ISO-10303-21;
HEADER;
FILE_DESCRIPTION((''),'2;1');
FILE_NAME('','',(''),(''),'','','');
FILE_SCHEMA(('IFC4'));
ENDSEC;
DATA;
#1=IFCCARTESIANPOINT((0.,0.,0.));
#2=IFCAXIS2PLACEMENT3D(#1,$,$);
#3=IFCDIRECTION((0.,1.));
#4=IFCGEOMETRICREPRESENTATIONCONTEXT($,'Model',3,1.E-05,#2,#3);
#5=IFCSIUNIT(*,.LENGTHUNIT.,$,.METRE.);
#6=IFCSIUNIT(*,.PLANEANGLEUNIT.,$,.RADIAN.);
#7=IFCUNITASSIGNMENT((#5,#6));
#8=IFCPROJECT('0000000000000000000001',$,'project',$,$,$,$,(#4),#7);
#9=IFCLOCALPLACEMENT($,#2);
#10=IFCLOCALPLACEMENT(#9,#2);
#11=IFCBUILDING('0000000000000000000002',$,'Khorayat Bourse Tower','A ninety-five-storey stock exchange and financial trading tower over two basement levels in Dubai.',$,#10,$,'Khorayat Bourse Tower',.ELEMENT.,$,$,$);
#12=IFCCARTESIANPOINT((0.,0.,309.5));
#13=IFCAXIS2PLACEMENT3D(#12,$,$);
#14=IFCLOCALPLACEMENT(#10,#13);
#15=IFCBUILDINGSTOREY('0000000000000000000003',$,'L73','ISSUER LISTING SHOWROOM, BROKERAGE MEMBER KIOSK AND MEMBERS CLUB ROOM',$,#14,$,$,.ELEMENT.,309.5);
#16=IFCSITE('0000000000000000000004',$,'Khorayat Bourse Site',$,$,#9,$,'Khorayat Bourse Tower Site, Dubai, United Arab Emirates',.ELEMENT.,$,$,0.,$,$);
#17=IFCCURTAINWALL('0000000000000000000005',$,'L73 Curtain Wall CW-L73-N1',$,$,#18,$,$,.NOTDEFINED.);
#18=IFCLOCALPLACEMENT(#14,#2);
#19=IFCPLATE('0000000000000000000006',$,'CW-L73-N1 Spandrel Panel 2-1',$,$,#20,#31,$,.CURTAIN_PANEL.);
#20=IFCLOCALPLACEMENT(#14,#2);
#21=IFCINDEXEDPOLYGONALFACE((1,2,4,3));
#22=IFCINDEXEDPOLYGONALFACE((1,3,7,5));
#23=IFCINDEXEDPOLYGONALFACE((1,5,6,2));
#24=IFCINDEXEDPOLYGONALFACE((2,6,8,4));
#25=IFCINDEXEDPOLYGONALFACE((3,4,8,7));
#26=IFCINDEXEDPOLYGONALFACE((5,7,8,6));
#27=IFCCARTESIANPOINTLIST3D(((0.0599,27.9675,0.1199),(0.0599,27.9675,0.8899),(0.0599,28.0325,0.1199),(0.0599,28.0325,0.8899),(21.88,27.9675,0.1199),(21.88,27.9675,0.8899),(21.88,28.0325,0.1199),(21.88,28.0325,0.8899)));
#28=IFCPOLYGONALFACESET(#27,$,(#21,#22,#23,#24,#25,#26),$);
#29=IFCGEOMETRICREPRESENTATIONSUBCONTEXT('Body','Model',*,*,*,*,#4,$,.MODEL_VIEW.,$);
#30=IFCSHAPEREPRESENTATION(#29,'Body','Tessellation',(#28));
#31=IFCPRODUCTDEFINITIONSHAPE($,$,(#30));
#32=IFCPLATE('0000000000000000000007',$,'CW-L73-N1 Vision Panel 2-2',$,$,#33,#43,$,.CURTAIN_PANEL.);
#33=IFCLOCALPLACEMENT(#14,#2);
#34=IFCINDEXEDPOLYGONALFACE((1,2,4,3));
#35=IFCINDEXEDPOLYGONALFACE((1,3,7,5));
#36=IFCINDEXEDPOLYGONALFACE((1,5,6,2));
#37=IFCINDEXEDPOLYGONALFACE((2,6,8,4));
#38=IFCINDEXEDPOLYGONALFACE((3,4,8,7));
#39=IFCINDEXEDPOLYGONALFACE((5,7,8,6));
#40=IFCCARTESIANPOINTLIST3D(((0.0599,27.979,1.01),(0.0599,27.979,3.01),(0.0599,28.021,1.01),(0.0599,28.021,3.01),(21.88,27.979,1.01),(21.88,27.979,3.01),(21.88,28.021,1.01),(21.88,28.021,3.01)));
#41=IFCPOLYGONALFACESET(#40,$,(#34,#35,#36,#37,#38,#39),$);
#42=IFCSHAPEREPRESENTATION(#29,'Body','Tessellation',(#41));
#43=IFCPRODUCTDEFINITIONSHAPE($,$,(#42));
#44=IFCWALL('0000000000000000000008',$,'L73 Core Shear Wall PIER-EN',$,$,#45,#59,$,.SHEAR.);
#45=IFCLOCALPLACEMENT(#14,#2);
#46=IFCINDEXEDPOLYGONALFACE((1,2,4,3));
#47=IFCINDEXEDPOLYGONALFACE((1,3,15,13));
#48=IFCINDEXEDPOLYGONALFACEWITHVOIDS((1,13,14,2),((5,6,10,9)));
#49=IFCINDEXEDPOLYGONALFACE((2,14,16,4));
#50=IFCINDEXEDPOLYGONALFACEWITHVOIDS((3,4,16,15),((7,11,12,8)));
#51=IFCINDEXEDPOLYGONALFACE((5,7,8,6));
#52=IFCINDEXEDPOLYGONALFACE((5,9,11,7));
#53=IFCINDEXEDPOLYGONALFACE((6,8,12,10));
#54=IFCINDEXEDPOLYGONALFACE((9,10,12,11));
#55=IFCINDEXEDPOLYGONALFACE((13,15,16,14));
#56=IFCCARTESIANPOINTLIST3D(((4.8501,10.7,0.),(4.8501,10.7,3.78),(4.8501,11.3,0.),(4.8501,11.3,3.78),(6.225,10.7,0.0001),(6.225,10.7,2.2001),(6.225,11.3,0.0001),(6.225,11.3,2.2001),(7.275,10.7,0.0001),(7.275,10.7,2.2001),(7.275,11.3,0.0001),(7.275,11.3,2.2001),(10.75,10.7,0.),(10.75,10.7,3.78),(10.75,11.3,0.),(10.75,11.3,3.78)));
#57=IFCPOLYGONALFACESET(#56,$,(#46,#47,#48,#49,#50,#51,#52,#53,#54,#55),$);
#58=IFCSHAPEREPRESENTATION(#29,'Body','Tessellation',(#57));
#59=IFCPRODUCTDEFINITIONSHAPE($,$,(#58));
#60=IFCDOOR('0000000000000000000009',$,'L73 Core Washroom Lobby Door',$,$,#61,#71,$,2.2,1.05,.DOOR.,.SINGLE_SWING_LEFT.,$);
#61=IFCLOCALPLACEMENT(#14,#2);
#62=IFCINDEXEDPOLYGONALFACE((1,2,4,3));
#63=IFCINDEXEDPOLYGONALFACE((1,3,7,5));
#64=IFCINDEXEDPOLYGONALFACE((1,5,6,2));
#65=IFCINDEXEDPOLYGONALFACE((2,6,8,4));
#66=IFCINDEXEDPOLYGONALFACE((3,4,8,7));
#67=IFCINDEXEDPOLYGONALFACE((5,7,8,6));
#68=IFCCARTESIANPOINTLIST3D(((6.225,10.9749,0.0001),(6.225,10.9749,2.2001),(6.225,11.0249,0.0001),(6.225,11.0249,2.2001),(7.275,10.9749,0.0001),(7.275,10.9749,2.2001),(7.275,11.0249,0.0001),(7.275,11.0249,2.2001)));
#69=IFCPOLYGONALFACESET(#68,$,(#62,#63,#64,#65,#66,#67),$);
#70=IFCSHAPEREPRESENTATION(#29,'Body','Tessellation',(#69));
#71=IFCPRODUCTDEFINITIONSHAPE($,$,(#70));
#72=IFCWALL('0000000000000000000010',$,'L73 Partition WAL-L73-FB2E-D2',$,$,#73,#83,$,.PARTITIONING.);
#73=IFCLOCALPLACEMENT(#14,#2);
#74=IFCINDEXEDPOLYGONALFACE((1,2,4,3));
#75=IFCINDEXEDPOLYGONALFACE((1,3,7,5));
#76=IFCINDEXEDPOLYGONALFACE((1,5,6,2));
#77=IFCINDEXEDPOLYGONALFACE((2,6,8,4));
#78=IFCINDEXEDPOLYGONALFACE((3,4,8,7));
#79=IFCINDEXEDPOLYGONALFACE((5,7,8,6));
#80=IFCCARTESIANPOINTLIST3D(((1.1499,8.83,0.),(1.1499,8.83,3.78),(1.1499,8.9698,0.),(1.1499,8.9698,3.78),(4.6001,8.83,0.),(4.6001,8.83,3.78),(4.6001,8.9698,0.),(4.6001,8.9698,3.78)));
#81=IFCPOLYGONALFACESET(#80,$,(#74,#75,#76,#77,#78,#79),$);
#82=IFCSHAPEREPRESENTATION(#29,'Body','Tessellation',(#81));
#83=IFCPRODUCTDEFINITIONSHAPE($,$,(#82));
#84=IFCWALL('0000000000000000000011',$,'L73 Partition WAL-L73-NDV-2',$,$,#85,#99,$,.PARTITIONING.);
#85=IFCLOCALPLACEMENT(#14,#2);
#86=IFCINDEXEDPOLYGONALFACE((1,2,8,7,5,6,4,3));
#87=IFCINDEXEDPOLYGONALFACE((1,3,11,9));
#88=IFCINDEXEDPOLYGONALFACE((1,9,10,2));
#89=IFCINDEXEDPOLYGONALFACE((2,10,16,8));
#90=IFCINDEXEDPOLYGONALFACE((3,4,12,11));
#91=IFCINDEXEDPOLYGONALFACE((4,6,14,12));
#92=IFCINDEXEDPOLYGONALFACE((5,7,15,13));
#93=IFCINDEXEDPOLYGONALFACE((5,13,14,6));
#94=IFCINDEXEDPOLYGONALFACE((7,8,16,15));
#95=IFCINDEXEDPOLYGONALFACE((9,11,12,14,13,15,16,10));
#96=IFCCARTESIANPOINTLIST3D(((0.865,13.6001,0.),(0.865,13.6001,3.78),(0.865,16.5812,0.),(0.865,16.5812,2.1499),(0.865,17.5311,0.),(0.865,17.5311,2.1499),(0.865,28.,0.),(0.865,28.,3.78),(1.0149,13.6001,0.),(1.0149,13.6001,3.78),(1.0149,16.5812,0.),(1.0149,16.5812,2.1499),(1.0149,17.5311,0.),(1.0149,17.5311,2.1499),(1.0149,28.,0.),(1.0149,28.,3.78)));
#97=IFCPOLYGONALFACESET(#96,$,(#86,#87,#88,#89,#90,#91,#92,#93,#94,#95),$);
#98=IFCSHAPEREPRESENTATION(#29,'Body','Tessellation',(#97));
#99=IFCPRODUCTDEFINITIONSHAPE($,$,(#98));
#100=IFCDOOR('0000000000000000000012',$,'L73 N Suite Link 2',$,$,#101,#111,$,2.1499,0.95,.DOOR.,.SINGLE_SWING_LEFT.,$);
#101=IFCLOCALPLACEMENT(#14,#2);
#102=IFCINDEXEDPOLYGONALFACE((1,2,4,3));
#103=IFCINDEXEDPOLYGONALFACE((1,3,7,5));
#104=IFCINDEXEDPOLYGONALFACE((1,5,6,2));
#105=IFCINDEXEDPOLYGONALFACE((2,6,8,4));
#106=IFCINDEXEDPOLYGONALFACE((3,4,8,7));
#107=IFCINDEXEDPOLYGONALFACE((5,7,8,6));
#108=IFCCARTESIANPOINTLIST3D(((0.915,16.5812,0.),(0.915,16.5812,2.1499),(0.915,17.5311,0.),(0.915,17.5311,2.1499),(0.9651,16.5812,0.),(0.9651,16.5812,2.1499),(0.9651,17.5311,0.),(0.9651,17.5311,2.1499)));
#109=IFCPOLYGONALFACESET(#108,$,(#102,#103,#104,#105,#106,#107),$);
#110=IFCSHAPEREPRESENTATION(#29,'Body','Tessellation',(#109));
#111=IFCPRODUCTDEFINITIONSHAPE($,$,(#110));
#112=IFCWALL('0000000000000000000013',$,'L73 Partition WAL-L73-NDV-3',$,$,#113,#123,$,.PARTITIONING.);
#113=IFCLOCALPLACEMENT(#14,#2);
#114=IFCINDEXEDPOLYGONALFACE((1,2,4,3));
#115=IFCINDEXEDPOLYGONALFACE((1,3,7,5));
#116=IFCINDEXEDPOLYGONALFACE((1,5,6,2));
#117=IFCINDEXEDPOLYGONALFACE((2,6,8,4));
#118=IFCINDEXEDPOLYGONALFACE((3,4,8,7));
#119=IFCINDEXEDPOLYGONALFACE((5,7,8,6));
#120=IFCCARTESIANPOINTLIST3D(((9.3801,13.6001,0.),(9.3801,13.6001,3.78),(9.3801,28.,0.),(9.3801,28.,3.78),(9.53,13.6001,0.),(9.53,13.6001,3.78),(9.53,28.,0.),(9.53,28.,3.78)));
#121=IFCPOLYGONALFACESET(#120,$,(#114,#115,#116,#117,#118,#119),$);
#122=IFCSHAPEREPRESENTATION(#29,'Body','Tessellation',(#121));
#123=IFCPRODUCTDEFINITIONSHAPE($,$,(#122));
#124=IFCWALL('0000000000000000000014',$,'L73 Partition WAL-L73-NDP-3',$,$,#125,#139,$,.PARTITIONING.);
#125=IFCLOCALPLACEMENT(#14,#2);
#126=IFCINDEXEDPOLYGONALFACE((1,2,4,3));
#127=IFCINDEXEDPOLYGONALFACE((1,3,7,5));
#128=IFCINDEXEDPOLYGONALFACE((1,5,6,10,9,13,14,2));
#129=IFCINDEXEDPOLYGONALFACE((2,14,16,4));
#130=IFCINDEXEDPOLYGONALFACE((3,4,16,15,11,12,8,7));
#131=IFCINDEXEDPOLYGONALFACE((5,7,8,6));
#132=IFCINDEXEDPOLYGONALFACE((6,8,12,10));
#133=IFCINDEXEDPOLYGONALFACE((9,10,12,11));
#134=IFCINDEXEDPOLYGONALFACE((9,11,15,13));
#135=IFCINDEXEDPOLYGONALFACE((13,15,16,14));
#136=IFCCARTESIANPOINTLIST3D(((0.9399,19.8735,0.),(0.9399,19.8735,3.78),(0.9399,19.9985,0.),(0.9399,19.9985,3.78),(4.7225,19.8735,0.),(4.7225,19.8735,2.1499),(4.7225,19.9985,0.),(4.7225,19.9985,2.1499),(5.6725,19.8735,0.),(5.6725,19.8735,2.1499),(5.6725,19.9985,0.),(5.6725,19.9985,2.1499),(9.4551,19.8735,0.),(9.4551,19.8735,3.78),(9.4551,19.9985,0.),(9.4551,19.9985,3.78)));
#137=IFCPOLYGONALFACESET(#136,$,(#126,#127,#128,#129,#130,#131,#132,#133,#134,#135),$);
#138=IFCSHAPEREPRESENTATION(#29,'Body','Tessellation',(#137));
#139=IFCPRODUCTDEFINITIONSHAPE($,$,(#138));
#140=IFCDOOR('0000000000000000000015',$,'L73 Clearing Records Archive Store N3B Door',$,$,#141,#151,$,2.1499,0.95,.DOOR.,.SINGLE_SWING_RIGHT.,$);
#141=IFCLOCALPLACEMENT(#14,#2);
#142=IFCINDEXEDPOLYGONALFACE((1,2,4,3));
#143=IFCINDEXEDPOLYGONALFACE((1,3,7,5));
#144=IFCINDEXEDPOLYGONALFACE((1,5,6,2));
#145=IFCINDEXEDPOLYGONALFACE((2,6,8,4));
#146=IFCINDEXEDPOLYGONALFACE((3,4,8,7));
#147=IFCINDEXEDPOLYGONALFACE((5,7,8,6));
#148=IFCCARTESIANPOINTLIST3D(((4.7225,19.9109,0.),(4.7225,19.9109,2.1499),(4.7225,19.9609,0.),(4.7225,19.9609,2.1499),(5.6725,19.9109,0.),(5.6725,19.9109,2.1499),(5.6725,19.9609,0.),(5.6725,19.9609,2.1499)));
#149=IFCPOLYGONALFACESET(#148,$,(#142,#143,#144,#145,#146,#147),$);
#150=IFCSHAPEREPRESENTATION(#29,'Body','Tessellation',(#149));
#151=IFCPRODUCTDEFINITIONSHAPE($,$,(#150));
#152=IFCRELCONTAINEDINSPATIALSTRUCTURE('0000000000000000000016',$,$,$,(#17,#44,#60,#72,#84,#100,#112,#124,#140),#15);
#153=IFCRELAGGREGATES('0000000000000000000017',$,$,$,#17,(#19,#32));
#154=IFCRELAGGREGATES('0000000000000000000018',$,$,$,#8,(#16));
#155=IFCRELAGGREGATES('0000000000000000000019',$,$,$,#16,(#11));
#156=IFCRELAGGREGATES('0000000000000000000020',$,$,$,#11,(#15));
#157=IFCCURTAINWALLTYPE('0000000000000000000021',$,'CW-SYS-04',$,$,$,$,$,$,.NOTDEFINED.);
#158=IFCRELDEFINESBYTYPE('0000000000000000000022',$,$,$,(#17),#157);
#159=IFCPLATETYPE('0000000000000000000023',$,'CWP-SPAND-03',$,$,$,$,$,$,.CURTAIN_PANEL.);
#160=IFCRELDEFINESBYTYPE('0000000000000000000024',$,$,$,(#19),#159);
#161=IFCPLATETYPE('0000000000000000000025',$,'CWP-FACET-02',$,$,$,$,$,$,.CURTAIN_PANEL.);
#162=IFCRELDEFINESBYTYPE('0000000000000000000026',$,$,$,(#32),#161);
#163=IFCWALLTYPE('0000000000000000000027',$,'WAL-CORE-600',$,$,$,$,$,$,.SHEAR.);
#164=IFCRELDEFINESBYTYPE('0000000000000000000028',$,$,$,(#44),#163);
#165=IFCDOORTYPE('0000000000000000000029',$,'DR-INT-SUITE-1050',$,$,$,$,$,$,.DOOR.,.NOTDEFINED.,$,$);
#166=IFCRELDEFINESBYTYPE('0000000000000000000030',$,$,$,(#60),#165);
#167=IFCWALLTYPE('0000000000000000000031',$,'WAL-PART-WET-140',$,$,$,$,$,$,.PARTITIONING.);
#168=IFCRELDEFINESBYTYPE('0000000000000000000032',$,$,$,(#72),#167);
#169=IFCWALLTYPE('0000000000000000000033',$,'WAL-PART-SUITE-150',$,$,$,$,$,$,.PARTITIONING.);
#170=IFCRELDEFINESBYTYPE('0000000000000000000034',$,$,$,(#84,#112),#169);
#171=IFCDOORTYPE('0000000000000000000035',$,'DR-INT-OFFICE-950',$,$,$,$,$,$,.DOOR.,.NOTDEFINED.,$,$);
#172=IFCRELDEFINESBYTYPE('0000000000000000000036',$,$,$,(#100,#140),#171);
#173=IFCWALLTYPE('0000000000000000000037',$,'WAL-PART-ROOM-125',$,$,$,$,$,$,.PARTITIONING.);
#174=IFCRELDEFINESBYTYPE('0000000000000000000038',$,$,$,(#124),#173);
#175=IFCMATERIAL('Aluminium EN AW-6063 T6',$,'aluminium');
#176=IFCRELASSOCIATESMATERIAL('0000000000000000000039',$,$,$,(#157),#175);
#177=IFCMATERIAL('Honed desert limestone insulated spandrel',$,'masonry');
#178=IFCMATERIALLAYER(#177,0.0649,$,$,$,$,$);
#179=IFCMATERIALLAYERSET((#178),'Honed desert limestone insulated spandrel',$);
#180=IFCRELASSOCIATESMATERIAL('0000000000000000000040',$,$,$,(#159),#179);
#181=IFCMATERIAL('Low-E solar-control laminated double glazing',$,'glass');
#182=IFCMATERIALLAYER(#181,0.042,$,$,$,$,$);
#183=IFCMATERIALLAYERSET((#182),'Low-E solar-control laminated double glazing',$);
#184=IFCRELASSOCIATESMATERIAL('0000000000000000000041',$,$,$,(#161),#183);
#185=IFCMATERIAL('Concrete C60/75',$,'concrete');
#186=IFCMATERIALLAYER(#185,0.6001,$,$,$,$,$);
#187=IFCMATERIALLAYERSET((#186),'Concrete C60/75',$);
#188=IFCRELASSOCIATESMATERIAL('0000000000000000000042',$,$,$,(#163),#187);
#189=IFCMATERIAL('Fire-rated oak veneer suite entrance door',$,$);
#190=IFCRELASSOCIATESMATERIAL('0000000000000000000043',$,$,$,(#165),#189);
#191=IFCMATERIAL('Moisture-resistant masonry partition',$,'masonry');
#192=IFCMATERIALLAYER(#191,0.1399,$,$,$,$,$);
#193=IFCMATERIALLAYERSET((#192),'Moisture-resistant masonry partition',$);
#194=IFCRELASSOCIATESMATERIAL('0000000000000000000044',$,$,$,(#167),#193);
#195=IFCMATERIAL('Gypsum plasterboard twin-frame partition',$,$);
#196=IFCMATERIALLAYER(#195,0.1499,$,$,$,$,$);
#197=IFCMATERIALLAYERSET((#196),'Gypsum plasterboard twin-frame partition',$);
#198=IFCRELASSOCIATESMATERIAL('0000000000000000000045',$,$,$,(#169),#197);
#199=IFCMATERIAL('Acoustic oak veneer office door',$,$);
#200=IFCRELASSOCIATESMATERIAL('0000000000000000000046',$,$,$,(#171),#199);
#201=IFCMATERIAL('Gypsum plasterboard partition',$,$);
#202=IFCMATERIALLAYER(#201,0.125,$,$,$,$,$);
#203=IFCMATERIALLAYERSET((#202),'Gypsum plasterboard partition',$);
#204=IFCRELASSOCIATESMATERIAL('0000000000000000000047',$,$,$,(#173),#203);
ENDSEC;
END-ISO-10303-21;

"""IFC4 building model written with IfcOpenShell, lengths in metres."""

from ifc_helpers import new_model, si_unit, direction, frame, frame_2d, origin, origin_2d, place, context, subcontext, project, spatial, rectangle, extrude, source, transform, mapped, material, layer, layer_set, type_object, element, fill, aggregate, save


model = new_model("IFC4")

# Units and contexts
model_context = context("Model", 3, precision=1e-05, world=origin(), true_north=direction((0.0, 1.0)))
body_context = subcontext(model_context, "Body", "Model", "MODEL_VIEW")
ifc_project = project(units=[si_unit("LENGTHUNIT", "METRE"), si_unit("PLANEANGLEUNIT", "RADIAN")], contexts=[model_context])

# Site, building, storey
site_placement = place(None, origin())
site = spatial("IfcSite", under=ifc_project, at=site_placement, Name="Khorayat Bourse Site", LongName="Khorayat Bourse Tower Site, Dubai, United Arab Emirates", CompositionType="ELEMENT", RefElevation=0.0)
building_placement = place(site_placement, origin())
building = spatial("IfcBuilding", under=site, at=building_placement, Name="Khorayat Bourse Tower", Description="A ninety-five-storey stock exchange and financial trading tower over two basement levels in Dubai.", LongName="Khorayat Bourse Tower", CompositionType="ELEMENT")
storey_placement = place(building_placement, frame((0.0, 0.0, 309.5)))
storey = spatial("IfcBuildingStorey", under=building, at=storey_placement, Name="L73", Description="ISSUER LISTING SHOWROOM, BROKERAGE MEMBER KIOSK AND MEMBERS CLUB ROOM", CompositionType="ELEMENT", Elevation=309.5)

# Shared definitions
ifc_material_1 = material(Name="Concrete C60/75", Category="concrete")

# Curtain wall
ifc_material_2 = material(Name="Aluminium EN AW-6063 T6", Category="aluminium")
curtain_wall_type = type_object("IfcCurtainWallType", Name="CW-SYS-04", PredefinedType="NOTDEFINED", material=ifc_material_2)
curtain_wall_placement = place(storey_placement, origin())
curtain_wall = element("IfcCurtainWall", 1, at=curtain_wall_placement, inside=storey, type_object=curtain_wall_type, Name="L73 Curtain Wall CW-L73-N1", PredefinedType="NOTDEFINED")

# Plates
ifc_material_3 = material(Name="Honed desert limestone insulated spandrel", Category="masonry")
ifc_layer_1 = layer(ifc_material_3, 0.0649)
ifc_layer_set_1 = layer_set([ifc_layer_1], Name="Honed desert limestone insulated spandrel")
plate_type_1 = type_object("IfcPlateType", Name="CWP-SPAND-03", PredefinedType="CURTAIN_PANEL", material=ifc_layer_set_1)
shared_shape_1 = source(origin(), body_context, "Body", "SweptSolid", [
    extrude(rectangle(XDim=21.8201, YDim=0.0649, at=origin_2d()), origin(), (0.0, 0.0, 1.0), 0.77),
])
plate_1_placement = place(storey_placement, frame((10.97, 28.0, 0.1199), z_axis=(0.0, 0.0, 1.0), x_axis=(1.0, 0.0, 0.0)))
plate_1 = element("IfcPlate", 2, at=plate_1_placement, type_object=plate_type_1, Name="CW-L73-N1 Spandrel Panel 2-1", PredefinedType="CURTAIN_PANEL", context=body_context, shape_type="MappedRepresentation", body=[
    mapped(shared_shape_1, transform((0.0, 0.0, 0.0), scale=1.0)),
])
ifc_material_4 = material(Name="Low-E solar-control laminated double glazing", Category="glass")
ifc_layer_2 = layer(ifc_material_4, 0.042)
ifc_layer_set_2 = layer_set([ifc_layer_2], Name="Low-E solar-control laminated double glazing")
plate_type_2 = type_object("IfcPlateType", Name="CWP-FACET-02", PredefinedType="CURTAIN_PANEL", material=ifc_layer_set_2)
shared_shape_2 = source(origin(), body_context, "Body", "SweptSolid", [
    extrude(rectangle(XDim=21.8201, YDim=0.042, at=origin_2d()), origin(), (0.0, 0.0, 1.0), 2.0),
])
plate_2_placement = place(storey_placement, frame((10.97, 28.0, 1.01), z_axis=(0.0, 0.0, 1.0), x_axis=(1.0, 0.0, 0.0)))
plate_2 = element("IfcPlate", 3, at=plate_2_placement, type_object=plate_type_2, Name="CW-L73-N1 Vision Panel 2-2", PredefinedType="CURTAIN_PANEL", context=body_context, shape_type="MappedRepresentation", body=[
    mapped(shared_shape_2, transform((0.0, 0.0, 0.0), scale=1.0)),
])
aggregate(curtain_wall, [plate_1, plate_2])

# Wall, opening, door
ifc_layer_3 = layer(ifc_material_1, 0.6001)
ifc_layer_set_3 = layer_set([ifc_layer_3], Name="Concrete C60/75")
wall_type_1 = type_object("IfcWallType", Name="WAL-CORE-600", PredefinedType="SHEAR", material=ifc_layer_set_3)
shared_shape_3 = source(origin(), body_context, "Body", "SweptSolid", [
    extrude(rectangle(XDim=5.8999, YDim=0.6001, at=frame_2d((2.95, 0.0))), origin(), (0.0, 0.0, 1.0), 3.78),
])
wall_1_placement = place(storey_placement, frame((4.8501, 11.0, 0.0), z_axis=(0.0, 0.0, 1.0), x_axis=(1.0, 0.0, 0.0)))
wall_1 = element("IfcWall", 4, at=wall_1_placement, inside=storey, type_object=wall_type_1, Name="L73 Core Shear Wall PIER-EN", PredefinedType="SHEAR", context=body_context, shape_type="MappedRepresentation", body=[
    mapped(shared_shape_3, transform((0.0, 0.0, 0.0), scale=1.0)),
])
shared_shape_4 = source(origin(), body_context, "Body", "SweptSolid", [
    extrude(rectangle(XDim=1.05, YDim=2.2, at=frame_2d((0.5249, 1.1001))), frame((0.0, 0.3101, 0.0), z_axis=(0.0, -1.0, 0.0), x_axis=(1.0, 0.0, 0.0)), (0.0, 0.0, 1.0), 0.6201),
])
opening_1_placement = place(wall_1_placement, frame((1.375, 0.0, 0.0)))
opening_1 = element("IfcOpeningElement", 5, at=opening_1_placement, cuts=wall_1, PredefinedType="OPENING", context=body_context, shape_type="MappedRepresentation", body=[
    mapped(shared_shape_4, transform((0.0, 0.0, 0.0), scale=1.0)),
])
ifc_material_5 = material(Name="Fire-rated oak veneer suite entrance door")
door_type_1 = type_object("IfcDoorType", Name="DR-INT-SUITE-1050", OperationType="NOTDEFINED", PredefinedType="DOOR", material=ifc_material_5)
shared_shape_5 = source(origin(), body_context, "Body", "SweptSolid", [
    extrude(rectangle(XDim=1.05, YDim=2.2, at=frame_2d((0.5249, 1.1001))), frame((0.0, 0.0249, 0.0), z_axis=(0.0, -1.0, 0.0), x_axis=(1.0, 0.0, 0.0)), (0.0, 0.0, 1.0), 0.05),
])
door_1_placement = place(opening_1_placement, origin())
door_1 = element("IfcDoor", 6, at=door_1_placement, inside=storey, type_object=door_type_1, Name="L73 Core Washroom Lobby Door", OperationType="SINGLE_SWING_LEFT", OverallHeight=2.2, OverallWidth=1.05, PredefinedType="DOOR", context=body_context, shape_type="MappedRepresentation", body=[
    mapped(shared_shape_5, transform((0.0, 0.0, 0.0), scale=1.0)),
])
fill(opening_1, door_1)
ifc_material_6 = material(Name="Moisture-resistant masonry partition", Category="masonry")
ifc_layer_4 = layer(ifc_material_6, 0.1399)
ifc_layer_set_4 = layer_set([ifc_layer_4], Name="Moisture-resistant masonry partition")
wall_type_2 = type_object("IfcWallType", Name="WAL-PART-WET-140", PredefinedType="PARTITIONING", material=ifc_layer_set_4)

# Wall
shared_shape_6 = source(origin(), body_context, "Body", "SweptSolid", [
    extrude(rectangle(XDim=3.4502, YDim=0.1399, at=frame_2d((1.7251, 0.0))), origin(), (0.0, 0.0, 1.0), 3.78),
])
wall_2_placement = place(storey_placement, frame((1.1499, 8.8999, 0.0), z_axis=(0.0, 0.0, 1.0), x_axis=(1.0, 0.0, 0.0)))
element("IfcWall", 7, at=wall_2_placement, inside=storey, type_object=wall_type_2, Name="L73 Partition WAL-L73-FB2E-D2", PredefinedType="PARTITIONING", context=body_context, shape_type="MappedRepresentation", body=[
    mapped(shared_shape_6, transform((0.0, 0.0, 0.0), scale=1.0)),
])

# Wall, opening, door
ifc_material_7 = material(Name="Gypsum plasterboard twin-frame partition")
ifc_layer_5 = layer(ifc_material_7, 0.1499)
ifc_layer_set_5 = layer_set([ifc_layer_5], Name="Gypsum plasterboard twin-frame partition")
wall_type_3 = type_object("IfcWallType", Name="WAL-PART-SUITE-150", PredefinedType="PARTITIONING", material=ifc_layer_set_5)
shared_shape_7 = source(origin(), body_context, "Body", "SweptSolid", [
    extrude(rectangle(XDim=14.3999, YDim=0.1499, at=frame_2d((7.2, 0.0))), origin(), (0.0, 0.0, 1.0), 3.78),
])
wall_3_placement = place(storey_placement, frame((0.9399, 13.6001, 0.0), z_axis=(0.0, 0.0, 1.0), x_axis=(0.0, 1.0, 0.0)))
wall_3 = element("IfcWall", 8, at=wall_3_placement, inside=storey, type_object=wall_type_3, Name="L73 Partition WAL-L73-NDV-2", PredefinedType="PARTITIONING", context=body_context, shape_type="MappedRepresentation", body=[
    mapped(shared_shape_7, transform((0.0, 0.0, 0.0), scale=1.0)),
])
shared_shape_8 = source(origin(), body_context, "Body", "SweptSolid", [
    extrude(rectangle(XDim=0.95, YDim=2.1499, at=frame_2d((0.4751, 1.075))), frame((0.0, 0.085, 0.0), z_axis=(0.0, -1.0, 0.0), x_axis=(1.0, 0.0, 0.0)), (0.0, 0.0, 1.0), 0.1699),
])
opening_2_placement = place(wall_3_placement, frame((2.981, 0.0, 0.0)))
opening_2 = element("IfcOpeningElement", 9, at=opening_2_placement, cuts=wall_3, PredefinedType="OPENING", context=body_context, shape_type="MappedRepresentation", body=[
    mapped(shared_shape_8, transform((0.0, 0.0, 0.0), scale=1.0)),
])
ifc_material_8 = material(Name="Acoustic oak veneer office door")
door_type_2 = type_object("IfcDoorType", Name="DR-INT-OFFICE-950", OperationType="NOTDEFINED", PredefinedType="DOOR", material=ifc_material_8)
shared_shape_9 = source(origin(), body_context, "Body", "SweptSolid", [
    extrude(rectangle(XDim=0.95, YDim=2.1499, at=frame_2d((0.4751, 1.075))), frame((0.0, 0.0249, 0.0), z_axis=(0.0, -1.0, 0.0), x_axis=(1.0, 0.0, 0.0)), (0.0, 0.0, 1.0), 0.05),
])
door_2_placement = place(opening_2_placement, origin())
door_2 = element("IfcDoor", 10, at=door_2_placement, inside=storey, type_object=door_type_2, Name="L73 N Suite Link 2", OperationType="SINGLE_SWING_LEFT", OverallHeight=2.1499, OverallWidth=0.95, PredefinedType="DOOR", context=body_context, shape_type="MappedRepresentation", body=[
    mapped(shared_shape_9, transform((0.0, 0.0, 0.0), scale=1.0)),
])
fill(opening_2, door_2)

# Wall
wall_4_placement = place(storey_placement, frame((9.4551, 13.6001, 0.0), z_axis=(0.0, 0.0, 1.0), x_axis=(0.0, 1.0, 0.0)))
element("IfcWall", 11, at=wall_4_placement, inside=storey, type_object=wall_type_3, Name="L73 Partition WAL-L73-NDV-3", PredefinedType="PARTITIONING", context=body_context, shape_type="MappedRepresentation", body=[
    mapped(shared_shape_7, transform((0.0, 0.0, 0.0), scale=1.0)),
])

# Wall, opening, door
ifc_material_9 = material(Name="Gypsum plasterboard partition")
ifc_layer_6 = layer(ifc_material_9, 0.125)
ifc_layer_set_6 = layer_set([ifc_layer_6], Name="Gypsum plasterboard partition")
wall_type_4 = type_object("IfcWallType", Name="WAL-PART-ROOM-125", PredefinedType="PARTITIONING", material=ifc_layer_set_6)
shared_shape_10 = source(origin(), body_context, "Body", "SweptSolid", [
    extrude(rectangle(XDim=8.5151, YDim=0.125, at=frame_2d((4.2576, 0.0))), origin(), (0.0, 0.0, 1.0), 3.78),
])
wall_5_placement = place(storey_placement, frame((0.9399, 19.936, 0.0), z_axis=(0.0, 0.0, 1.0), x_axis=(1.0, 0.0, 0.0)))
wall_5 = element("IfcWall", 12, at=wall_5_placement, inside=storey, type_object=wall_type_4, Name="L73 Partition WAL-L73-NDP-3", PredefinedType="PARTITIONING", context=body_context, shape_type="MappedRepresentation", body=[
    mapped(shared_shape_10, transform((0.0, 0.0, 0.0), scale=1.0)),
])
shared_shape_11 = source(origin(), body_context, "Body", "SweptSolid", [
    extrude(rectangle(XDim=0.95, YDim=2.1499, at=frame_2d((0.4751, 1.075))), frame((0.0, 0.0725, 0.0), z_axis=(0.0, -1.0, 0.0), x_axis=(1.0, 0.0, 0.0)), (0.0, 0.0, 1.0), 0.145),
])
opening_3_placement = place(wall_5_placement, frame((3.7825, 0.0, 0.0)))
opening_3 = element("IfcOpeningElement", 13, at=opening_3_placement, cuts=wall_5, PredefinedType="OPENING", context=body_context, shape_type="MappedRepresentation", body=[
    mapped(shared_shape_11, transform((0.0, 0.0, 0.0), scale=1.0)),
])
door_3_placement = place(opening_3_placement, origin())
door_3 = element("IfcDoor", 14, at=door_3_placement, inside=storey, type_object=door_type_2, Name="L73 Clearing Records Archive Store N3B Door", OperationType="SINGLE_SWING_RIGHT", OverallHeight=2.1499, OverallWidth=0.95, PredefinedType="DOOR", context=body_context, shape_type="MappedRepresentation", body=[
    mapped(shared_shape_9, transform((0.0, 0.0, 0.0), scale=1.0)),
])
fill(opening_3, door_3)

save(model, "model.ifc")
